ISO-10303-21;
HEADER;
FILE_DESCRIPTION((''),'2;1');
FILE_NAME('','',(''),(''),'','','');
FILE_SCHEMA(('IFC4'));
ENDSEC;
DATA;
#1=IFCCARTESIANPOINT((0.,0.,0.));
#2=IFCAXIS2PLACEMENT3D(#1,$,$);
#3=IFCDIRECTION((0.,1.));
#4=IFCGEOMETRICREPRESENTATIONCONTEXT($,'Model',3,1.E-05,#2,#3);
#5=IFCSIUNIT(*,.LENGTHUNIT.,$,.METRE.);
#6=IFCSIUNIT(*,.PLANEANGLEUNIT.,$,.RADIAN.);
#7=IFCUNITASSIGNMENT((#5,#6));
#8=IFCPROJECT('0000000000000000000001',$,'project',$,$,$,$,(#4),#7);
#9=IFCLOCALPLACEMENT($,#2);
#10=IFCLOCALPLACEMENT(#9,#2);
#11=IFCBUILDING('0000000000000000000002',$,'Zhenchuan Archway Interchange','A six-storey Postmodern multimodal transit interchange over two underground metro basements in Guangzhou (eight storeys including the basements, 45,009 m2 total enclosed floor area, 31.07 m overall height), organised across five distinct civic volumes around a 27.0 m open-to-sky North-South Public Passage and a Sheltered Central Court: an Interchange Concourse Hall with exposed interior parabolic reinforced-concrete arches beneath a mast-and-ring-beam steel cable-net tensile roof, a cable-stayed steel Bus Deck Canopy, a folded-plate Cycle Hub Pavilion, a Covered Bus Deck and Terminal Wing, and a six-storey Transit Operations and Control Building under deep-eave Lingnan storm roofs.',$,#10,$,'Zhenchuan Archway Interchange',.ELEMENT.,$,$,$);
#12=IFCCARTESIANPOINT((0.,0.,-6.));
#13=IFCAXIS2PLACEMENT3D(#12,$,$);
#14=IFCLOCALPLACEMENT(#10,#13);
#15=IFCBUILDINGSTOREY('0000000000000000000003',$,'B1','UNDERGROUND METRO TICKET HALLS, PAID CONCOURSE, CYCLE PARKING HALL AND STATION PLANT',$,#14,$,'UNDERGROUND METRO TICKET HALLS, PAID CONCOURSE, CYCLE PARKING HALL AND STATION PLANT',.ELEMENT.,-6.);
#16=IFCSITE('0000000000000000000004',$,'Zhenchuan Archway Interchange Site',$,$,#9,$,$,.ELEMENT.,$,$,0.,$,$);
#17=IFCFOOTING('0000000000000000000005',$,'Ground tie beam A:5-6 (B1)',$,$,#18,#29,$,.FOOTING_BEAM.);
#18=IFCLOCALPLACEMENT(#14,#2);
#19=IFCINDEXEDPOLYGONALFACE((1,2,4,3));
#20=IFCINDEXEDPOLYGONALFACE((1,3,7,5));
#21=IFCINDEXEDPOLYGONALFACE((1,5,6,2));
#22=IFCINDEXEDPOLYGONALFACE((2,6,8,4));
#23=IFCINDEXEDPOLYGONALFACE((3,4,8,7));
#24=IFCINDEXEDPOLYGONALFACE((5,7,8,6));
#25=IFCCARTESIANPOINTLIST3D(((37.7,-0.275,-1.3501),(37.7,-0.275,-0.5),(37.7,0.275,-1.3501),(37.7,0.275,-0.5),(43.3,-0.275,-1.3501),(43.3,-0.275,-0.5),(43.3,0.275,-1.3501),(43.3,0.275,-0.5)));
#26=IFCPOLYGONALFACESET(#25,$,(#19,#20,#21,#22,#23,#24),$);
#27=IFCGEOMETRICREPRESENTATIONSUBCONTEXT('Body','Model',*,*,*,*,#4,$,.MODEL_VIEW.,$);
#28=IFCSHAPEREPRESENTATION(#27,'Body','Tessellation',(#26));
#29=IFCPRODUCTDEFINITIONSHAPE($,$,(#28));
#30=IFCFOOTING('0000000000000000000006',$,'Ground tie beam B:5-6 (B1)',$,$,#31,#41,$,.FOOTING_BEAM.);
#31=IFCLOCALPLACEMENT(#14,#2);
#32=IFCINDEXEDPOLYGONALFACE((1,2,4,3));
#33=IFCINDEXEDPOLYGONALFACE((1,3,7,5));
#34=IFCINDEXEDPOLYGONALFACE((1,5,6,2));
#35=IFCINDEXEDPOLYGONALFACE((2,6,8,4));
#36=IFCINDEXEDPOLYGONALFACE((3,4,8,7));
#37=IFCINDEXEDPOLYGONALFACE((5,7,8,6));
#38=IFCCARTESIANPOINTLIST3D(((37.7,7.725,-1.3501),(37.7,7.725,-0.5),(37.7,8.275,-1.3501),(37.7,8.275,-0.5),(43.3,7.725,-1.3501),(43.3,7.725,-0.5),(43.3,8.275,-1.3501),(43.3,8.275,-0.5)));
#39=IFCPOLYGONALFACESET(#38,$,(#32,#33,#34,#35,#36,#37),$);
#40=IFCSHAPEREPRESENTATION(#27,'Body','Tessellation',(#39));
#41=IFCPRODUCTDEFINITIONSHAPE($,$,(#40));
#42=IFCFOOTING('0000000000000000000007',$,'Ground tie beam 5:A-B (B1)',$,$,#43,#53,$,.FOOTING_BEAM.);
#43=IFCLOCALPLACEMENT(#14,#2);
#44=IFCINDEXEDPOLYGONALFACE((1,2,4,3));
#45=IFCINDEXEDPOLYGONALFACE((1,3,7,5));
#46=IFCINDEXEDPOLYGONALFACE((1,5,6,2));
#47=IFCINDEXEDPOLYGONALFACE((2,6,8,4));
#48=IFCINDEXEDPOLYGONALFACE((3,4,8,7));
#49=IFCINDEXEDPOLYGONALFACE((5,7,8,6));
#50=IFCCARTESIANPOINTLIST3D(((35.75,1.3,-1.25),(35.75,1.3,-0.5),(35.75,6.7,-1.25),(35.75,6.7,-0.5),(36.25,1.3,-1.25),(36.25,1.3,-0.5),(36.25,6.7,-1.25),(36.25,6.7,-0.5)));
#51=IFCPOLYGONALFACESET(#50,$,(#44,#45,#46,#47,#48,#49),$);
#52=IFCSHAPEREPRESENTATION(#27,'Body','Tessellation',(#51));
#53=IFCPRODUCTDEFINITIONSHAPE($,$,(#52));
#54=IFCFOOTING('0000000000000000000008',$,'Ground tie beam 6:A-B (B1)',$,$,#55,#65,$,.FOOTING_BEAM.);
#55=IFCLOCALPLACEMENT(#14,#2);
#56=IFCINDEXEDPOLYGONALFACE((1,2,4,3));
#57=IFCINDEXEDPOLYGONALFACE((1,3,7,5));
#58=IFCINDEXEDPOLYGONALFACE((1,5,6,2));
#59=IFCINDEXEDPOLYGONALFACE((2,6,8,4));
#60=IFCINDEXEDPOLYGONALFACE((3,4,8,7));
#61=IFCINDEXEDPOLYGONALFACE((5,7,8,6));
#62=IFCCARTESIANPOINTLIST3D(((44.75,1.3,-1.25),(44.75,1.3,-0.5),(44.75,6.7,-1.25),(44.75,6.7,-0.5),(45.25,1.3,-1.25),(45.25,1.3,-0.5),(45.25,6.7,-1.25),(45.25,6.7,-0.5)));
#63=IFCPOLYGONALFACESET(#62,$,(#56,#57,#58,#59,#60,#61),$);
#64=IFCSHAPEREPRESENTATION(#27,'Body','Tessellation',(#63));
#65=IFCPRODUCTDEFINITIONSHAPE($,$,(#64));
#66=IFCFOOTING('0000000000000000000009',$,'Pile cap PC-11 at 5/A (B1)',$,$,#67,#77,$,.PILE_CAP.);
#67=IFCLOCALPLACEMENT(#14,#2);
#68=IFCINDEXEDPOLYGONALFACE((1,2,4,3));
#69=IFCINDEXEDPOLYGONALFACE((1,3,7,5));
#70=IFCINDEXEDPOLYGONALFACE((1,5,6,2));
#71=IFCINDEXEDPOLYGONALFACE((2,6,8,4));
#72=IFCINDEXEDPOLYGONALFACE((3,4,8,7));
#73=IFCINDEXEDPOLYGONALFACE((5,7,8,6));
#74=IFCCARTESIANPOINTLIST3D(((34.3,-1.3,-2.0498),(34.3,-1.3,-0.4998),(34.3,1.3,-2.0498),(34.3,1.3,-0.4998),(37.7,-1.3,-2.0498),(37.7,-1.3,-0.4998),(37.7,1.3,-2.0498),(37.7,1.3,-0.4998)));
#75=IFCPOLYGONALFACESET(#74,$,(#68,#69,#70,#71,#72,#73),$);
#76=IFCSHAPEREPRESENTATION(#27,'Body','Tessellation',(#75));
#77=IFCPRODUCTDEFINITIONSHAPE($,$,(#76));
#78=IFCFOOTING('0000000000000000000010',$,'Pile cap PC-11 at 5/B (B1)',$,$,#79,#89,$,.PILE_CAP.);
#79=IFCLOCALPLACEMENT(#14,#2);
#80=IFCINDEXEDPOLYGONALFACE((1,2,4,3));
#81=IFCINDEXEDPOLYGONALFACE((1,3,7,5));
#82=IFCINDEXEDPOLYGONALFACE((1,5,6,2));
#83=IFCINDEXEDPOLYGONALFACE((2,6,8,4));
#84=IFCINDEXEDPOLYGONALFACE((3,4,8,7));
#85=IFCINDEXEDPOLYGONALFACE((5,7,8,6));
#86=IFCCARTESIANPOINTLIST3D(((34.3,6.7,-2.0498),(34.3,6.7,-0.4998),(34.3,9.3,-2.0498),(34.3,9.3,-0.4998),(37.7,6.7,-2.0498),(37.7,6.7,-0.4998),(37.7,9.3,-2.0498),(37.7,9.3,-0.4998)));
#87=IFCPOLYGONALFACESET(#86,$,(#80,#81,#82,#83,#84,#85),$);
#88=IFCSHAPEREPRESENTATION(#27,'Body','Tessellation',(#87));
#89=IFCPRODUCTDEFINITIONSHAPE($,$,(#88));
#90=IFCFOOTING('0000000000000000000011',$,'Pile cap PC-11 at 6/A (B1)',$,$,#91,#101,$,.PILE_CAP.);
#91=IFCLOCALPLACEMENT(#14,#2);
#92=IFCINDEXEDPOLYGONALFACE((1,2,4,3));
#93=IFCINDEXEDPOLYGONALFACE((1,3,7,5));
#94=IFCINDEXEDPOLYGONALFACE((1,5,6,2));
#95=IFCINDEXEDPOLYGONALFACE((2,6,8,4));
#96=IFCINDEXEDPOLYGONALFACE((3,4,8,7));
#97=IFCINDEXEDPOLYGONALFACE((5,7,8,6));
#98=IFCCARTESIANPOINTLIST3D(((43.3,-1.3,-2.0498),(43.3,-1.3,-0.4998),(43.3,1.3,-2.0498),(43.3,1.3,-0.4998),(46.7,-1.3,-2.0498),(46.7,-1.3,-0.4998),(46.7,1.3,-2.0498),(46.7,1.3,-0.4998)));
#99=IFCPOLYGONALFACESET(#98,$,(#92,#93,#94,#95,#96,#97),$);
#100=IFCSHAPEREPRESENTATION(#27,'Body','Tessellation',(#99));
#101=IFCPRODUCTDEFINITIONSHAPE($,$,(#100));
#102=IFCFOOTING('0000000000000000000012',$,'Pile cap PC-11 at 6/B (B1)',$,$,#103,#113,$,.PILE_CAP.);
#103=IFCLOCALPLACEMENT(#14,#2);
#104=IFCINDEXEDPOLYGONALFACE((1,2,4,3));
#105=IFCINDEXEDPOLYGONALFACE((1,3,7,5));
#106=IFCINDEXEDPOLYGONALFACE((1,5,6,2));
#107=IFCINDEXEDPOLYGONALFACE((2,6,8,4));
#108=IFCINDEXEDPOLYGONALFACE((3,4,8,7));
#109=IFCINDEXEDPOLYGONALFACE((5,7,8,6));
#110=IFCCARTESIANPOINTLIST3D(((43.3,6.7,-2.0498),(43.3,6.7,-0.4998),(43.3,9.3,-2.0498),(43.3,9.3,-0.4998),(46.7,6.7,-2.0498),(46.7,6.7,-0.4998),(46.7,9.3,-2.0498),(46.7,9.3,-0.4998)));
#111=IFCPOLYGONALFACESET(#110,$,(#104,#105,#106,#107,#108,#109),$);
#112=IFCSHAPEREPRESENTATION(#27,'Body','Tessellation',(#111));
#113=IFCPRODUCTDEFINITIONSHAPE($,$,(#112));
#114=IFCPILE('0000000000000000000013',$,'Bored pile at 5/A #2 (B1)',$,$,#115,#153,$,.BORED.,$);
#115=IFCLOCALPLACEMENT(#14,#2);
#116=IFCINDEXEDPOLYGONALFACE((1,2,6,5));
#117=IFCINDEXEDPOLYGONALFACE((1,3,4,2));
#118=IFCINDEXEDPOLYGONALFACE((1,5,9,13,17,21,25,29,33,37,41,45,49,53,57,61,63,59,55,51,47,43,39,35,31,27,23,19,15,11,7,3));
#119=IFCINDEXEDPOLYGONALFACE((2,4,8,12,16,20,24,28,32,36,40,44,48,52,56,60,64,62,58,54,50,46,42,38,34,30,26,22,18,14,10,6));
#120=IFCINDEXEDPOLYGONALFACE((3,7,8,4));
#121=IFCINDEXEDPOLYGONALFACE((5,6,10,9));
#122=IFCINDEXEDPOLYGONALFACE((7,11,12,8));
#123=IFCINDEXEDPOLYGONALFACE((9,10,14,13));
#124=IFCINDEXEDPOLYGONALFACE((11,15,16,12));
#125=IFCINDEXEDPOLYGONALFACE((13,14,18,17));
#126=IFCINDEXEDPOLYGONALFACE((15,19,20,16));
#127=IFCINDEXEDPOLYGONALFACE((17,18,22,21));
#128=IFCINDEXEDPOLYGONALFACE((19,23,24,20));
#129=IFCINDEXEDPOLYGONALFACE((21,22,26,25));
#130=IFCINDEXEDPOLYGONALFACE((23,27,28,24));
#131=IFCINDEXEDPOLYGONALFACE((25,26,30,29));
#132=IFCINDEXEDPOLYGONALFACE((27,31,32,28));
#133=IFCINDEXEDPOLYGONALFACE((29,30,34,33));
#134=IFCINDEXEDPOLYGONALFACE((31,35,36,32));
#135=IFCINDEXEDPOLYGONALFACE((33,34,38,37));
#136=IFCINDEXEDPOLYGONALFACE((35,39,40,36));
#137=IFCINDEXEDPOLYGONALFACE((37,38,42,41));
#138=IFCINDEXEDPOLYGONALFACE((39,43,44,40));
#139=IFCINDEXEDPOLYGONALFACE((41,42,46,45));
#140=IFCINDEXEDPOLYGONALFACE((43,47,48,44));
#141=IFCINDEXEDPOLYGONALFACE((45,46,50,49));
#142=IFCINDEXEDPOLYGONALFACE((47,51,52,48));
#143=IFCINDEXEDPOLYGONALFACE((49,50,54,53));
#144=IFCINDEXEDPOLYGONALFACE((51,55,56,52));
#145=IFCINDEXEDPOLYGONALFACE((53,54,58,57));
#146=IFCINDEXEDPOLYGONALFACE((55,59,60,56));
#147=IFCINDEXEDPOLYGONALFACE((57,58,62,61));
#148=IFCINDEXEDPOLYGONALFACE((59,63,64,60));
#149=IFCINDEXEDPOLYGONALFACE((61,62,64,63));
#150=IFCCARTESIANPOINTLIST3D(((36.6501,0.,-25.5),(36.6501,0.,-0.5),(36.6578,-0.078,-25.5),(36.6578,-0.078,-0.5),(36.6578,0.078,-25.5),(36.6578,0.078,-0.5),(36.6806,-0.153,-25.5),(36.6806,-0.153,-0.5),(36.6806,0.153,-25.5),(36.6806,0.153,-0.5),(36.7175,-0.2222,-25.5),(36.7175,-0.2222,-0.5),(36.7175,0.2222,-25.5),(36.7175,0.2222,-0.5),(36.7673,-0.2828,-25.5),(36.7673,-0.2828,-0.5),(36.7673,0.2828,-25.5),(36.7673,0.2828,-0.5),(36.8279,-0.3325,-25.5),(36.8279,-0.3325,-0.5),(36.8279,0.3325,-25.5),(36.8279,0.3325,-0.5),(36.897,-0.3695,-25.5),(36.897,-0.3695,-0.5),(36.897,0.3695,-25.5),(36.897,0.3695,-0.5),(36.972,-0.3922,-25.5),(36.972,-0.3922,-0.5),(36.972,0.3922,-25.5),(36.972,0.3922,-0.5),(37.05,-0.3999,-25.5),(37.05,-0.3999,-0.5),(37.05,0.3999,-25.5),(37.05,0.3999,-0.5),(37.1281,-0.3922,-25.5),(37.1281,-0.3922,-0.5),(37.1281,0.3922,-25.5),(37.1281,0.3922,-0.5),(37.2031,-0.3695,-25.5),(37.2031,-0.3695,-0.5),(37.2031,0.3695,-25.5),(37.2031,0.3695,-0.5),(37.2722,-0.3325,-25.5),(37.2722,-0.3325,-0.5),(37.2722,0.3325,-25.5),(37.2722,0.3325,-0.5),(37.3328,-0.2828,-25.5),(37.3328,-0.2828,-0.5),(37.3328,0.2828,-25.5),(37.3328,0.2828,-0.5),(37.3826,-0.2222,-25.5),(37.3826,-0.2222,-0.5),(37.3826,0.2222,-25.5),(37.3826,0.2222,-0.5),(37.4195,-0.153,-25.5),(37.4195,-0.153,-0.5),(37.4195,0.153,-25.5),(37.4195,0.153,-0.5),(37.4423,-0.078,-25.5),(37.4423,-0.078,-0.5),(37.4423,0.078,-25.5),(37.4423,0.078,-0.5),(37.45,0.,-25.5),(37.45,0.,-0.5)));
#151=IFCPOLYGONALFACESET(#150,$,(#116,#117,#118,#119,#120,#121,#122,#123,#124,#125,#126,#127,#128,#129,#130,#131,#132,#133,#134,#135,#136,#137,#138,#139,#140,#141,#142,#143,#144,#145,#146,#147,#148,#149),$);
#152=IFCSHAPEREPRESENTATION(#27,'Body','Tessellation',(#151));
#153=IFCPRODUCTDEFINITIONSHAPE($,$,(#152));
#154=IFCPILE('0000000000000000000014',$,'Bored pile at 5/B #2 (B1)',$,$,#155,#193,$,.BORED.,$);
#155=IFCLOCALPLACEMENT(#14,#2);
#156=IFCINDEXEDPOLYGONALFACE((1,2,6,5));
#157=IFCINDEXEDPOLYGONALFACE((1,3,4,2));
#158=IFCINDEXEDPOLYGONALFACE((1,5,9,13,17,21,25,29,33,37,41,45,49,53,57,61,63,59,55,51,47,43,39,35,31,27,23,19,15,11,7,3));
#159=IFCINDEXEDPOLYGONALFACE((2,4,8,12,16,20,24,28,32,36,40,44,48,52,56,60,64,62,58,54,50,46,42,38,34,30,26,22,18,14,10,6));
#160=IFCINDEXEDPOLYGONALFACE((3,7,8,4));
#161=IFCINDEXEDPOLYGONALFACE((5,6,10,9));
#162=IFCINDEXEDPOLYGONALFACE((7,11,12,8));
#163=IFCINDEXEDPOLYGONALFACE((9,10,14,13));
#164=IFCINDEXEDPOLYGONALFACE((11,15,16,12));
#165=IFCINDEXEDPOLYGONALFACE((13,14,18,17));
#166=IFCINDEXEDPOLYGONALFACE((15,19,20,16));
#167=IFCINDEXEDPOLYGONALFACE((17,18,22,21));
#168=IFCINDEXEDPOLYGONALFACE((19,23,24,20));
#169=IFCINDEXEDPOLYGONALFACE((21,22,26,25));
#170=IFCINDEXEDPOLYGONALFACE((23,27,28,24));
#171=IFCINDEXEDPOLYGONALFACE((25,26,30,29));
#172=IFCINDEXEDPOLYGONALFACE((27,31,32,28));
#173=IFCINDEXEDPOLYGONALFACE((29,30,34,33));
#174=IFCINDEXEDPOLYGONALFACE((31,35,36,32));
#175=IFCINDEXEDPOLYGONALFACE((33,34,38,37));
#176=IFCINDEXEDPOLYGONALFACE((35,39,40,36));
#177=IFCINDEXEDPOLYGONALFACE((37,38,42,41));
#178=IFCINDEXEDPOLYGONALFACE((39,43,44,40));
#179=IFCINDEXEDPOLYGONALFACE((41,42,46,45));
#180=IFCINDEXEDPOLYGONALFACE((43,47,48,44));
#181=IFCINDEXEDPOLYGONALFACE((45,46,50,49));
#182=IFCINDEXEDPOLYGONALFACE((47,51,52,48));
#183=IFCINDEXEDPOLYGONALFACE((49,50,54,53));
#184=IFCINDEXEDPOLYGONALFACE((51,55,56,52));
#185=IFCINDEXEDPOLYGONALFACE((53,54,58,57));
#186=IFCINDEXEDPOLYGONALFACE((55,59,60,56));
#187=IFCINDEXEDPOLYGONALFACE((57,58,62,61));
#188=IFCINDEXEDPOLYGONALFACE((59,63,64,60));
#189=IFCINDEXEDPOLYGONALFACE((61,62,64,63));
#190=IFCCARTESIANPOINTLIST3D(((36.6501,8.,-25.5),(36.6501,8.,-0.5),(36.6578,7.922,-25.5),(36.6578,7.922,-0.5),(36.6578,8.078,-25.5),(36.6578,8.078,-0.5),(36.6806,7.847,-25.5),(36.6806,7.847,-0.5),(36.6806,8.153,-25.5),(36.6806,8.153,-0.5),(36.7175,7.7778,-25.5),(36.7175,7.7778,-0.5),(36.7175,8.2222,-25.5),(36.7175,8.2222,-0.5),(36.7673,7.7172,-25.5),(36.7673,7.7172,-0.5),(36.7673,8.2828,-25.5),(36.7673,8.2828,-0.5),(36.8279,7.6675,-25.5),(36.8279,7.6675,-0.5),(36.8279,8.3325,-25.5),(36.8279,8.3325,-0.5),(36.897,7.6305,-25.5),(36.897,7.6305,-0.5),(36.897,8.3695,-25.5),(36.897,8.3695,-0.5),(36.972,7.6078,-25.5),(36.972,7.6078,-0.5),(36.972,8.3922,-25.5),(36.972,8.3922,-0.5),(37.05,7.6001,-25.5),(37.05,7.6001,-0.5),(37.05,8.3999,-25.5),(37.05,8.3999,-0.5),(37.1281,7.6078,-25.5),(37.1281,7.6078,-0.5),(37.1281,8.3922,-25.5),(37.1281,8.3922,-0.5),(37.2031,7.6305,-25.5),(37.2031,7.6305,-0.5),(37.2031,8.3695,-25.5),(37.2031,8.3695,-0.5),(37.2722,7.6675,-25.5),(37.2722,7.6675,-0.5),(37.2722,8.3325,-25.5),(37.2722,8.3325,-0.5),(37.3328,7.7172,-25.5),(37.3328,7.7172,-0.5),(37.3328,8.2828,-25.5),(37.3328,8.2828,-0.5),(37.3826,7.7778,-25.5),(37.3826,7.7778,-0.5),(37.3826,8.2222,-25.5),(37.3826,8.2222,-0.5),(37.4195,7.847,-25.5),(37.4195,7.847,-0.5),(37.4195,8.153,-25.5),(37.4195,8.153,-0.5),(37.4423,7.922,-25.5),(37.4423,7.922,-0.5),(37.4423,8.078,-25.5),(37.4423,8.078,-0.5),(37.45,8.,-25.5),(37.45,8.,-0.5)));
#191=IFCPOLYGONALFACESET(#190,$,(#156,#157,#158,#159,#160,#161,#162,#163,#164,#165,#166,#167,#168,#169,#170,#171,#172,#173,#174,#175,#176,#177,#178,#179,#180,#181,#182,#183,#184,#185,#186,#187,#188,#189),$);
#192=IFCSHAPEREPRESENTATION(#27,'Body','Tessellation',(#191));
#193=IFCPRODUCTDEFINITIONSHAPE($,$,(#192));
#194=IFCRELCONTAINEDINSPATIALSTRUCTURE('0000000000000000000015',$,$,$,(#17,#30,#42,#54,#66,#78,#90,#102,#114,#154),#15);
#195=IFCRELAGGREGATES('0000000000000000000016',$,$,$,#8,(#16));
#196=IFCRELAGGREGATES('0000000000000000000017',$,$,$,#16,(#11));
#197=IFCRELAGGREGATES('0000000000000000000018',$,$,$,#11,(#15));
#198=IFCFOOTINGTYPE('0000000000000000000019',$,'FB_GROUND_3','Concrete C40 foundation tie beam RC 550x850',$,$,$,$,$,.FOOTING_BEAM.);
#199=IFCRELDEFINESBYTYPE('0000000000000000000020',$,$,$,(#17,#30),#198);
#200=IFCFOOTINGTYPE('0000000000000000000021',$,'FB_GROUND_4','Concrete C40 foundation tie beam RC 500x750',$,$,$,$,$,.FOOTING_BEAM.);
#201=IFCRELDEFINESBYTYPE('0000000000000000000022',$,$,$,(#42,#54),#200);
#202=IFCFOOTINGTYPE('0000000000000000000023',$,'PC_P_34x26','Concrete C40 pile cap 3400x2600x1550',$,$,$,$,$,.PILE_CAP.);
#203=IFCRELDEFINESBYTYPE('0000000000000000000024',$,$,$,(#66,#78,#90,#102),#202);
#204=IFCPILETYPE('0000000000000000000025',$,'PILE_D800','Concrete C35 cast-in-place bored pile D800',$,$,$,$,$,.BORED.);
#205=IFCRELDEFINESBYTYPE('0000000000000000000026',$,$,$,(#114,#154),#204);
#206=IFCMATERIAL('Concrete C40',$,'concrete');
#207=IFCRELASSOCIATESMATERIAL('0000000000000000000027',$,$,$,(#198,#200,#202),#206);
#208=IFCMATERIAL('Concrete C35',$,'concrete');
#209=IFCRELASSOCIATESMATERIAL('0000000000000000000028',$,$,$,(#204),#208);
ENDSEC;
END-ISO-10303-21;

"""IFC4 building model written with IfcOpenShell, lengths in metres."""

from ifc_helpers import new_model, si_unit, direction, frame, origin, origin_2d, place, context, subcontext, project, spatial, rectangle, circle, extrude, material, material_profile, profile_set, type_object, element, save


model = new_model("IFC4")

# Units and contexts
model_context = context("Model", 3, precision=1e-05, world=origin(), true_north=direction((0.0, 1.0)))
body_context = subcontext(model_context, "Body", "Model", "MODEL_VIEW")
ifc_project = project(units=[si_unit("LENGTHUNIT", "METRE"), si_unit("PLANEANGLEUNIT", "RADIAN")], contexts=[model_context])

# Site, building, storey
site_placement = place(None, origin())
site = spatial("IfcSite", under=ifc_project, at=site_placement, Name="Zhenchuan Archway Interchange Site", CompositionType="ELEMENT", RefElevation=0.0)
building_placement = place(site_placement, origin())
building = spatial("IfcBuilding", under=site, at=building_placement, Name="Zhenchuan Archway Interchange", Description="A six-storey Postmodern multimodal transit interchange over two underground metro basements in Guangzhou (eight storeys including the basements, 45,009 m2 total enclosed floor area, 31.07 m overall height), organised across five distinct civic volumes around a 27.0 m open-to-sky North-South Public Passage and a Sheltered Central Court: an Interchange Concourse Hall with exposed interior parabolic reinforced-concrete arches beneath a mast-and-ring-beam steel cable-net tensile roof, a cable-stayed steel Bus Deck Canopy, a folded-plate Cycle Hub Pavilion, a Covered Bus Deck and Terminal Wing, and a six-storey Transit Operations and Control Building under deep-eave Lingnan storm roofs.", LongName="Zhenchuan Archway Interchange", CompositionType="ELEMENT")
storey_placement = place(building_placement, frame((0.0, 0.0, -6.0)))
storey = spatial("IfcBuildingStorey", under=building, at=storey_placement, Name="B1", Description="UNDERGROUND METRO TICKET HALLS, PAID CONCOURSE, CYCLE PARKING HALL AND STATION PLANT", LongName="UNDERGROUND METRO TICKET HALLS, PAID CONCOURSE, CYCLE PARKING HALL AND STATION PLANT", CompositionType="ELEMENT", Elevation=-6.0)

# Footings
ifc_material_1 = material(Name="Concrete C40", Category="concrete")
ifc_material_profile_1 = material_profile(ifc_material_1, rectangle(XDim=0.55, YDim=0.8501, at=origin_2d()), Name="RC 550x850")
ifc_profile_set_1 = profile_set([ifc_material_profile_1], Name="Concrete C40")
footing_type_1 = type_object("IfcFootingType", Name="FB_GROUND_3", Description="Concrete C40 foundation tie beam RC 550x850", PredefinedType="FOOTING_BEAM", material=ifc_profile_set_1)
for number, where, z_axis, x_axis, name in (
    (1, (37.7, 0.0, -0.925), (1.0, 0.0, 0.0), (0.0, 1.0, 0.0), "Ground tie beam A:5-6 (B1)"),
    (2, (37.7, 8.0, -0.925), (1.0, 0.0, 0.0), (0.0, 1.0, 0.0), "Ground tie beam B:5-6 (B1)"),
):
    element("IfcFooting", number, at=place(storey_placement, frame(where, z_axis=z_axis, x_axis=x_axis)), inside=storey, type_object=footing_type_1, Name=name, PredefinedType="FOOTING_BEAM", context=body_context, shape_type="SweptSolid", body=[
        extrude(rectangle(XDim=0.55, YDim=0.8501, at=origin_2d()), origin(), (0.0, 0.0, 1.0), 5.6001),
    ])
ifc_material_profile_2 = material_profile(ifc_material_1, rectangle(XDim=0.5, YDim=0.75, at=origin_2d()), Name="RC 500x750")
ifc_profile_set_2 = profile_set([ifc_material_profile_2], Name="Concrete C40")
footing_type_2 = type_object("IfcFootingType", Name="FB_GROUND_4", Description="Concrete C40 foundation tie beam RC 500x750", PredefinedType="FOOTING_BEAM", material=ifc_profile_set_2)
for number, where, z_axis, x_axis, name in (
    (3, (36.0, 1.3, -0.875), (0.0, 1.0, 0.0), (-1.0, 0.0, 0.0), "Ground tie beam 5:A-B (B1)"),
    (4, (45.0, 1.3, -0.875), (0.0, 1.0, 0.0), (-1.0, 0.0, 0.0), "Ground tie beam 6:A-B (B1)"),
):
    element("IfcFooting", number, at=place(storey_placement, frame(where, z_axis=z_axis, x_axis=x_axis)), inside=storey, type_object=footing_type_2, Name=name, PredefinedType="FOOTING_BEAM", context=body_context, shape_type="SweptSolid", body=[
        extrude(rectangle(XDim=0.5, YDim=0.75, at=origin_2d()), origin(), (0.0, 0.0, 1.0), 5.3999),
    ])
footing_type_3 = type_object("IfcFootingType", Name="PC_P_34x26", Description="Concrete C40 pile cap 3400x2600x1550", PredefinedType="PILE_CAP", material=ifc_material_1)
for number, where, z_axis, x_axis, name in (
    (5, (36.0, 0.0, -2.0498), (0.0, 0.0, 1.0), (1.0, 0.0, 0.0), "Pile cap PC-11 at 5/A (B1)"),
    (6, (36.0, 8.0, -2.0498), (0.0, 0.0, 1.0), (1.0, 0.0, 0.0), "Pile cap PC-11 at 5/B (B1)"),
    (7, (45.0, 0.0, -2.0498), (0.0, 0.0, 1.0), (1.0, 0.0, 0.0), "Pile cap PC-11 at 6/A (B1)"),
    (8, (45.0, 8.0, -2.0498), (0.0, 0.0, 1.0), (1.0, 0.0, 0.0), "Pile cap PC-11 at 6/B (B1)"),
):
    element("IfcFooting", number, at=place(storey_placement, frame(where, z_axis=z_axis, x_axis=x_axis)), inside=storey, type_object=footing_type_3, Name=name, PredefinedType="PILE_CAP", context=body_context, shape_type="SweptSolid", body=[
        extrude(rectangle(XDim=3.3999, YDim=2.6001, at=origin_2d()), origin(), (0.0, 0.0, 1.0), 1.55),
    ])

# Piles
ifc_material_2 = material(Name="Concrete C35", Category="concrete")
ifc_material_profile_3 = material_profile(ifc_material_2, circle(Radius=0.3999, at=origin_2d()), Name="BORED PILE 800")
ifc_profile_set_3 = profile_set([ifc_material_profile_3], Name="Concrete C35")
pile_type = type_object("IfcPileType", Name="PILE_D800", Description="Concrete C35 cast-in-place bored pile D800", PredefinedType="BORED", material=ifc_profile_set_3)
for number, where, z_axis, x_axis, name in (
    (9, (37.05, 0.0, -0.5), (0.0, 0.0, -1.0), (1.0, 0.0, 0.0), "Bored pile at 5/A #2 (B1)"),
    (10, (37.05, 8.0, -0.5), (0.0, 0.0, -1.0), (1.0, 0.0, 0.0), "Bored pile at 5/B #2 (B1)"),
):
    element("IfcPile", number, at=place(storey_placement, frame(where, z_axis=z_axis, x_axis=x_axis)), inside=storey, type_object=pile_type, Name=name, PredefinedType="BORED", context=body_context, shape_type="SweptSolid", body=[
        extrude(circle(Radius=0.3999, at=origin_2d()), origin(), (0.0, 0.0, 1.0), 25.0),
    ])

save(model, "model.ifc")
